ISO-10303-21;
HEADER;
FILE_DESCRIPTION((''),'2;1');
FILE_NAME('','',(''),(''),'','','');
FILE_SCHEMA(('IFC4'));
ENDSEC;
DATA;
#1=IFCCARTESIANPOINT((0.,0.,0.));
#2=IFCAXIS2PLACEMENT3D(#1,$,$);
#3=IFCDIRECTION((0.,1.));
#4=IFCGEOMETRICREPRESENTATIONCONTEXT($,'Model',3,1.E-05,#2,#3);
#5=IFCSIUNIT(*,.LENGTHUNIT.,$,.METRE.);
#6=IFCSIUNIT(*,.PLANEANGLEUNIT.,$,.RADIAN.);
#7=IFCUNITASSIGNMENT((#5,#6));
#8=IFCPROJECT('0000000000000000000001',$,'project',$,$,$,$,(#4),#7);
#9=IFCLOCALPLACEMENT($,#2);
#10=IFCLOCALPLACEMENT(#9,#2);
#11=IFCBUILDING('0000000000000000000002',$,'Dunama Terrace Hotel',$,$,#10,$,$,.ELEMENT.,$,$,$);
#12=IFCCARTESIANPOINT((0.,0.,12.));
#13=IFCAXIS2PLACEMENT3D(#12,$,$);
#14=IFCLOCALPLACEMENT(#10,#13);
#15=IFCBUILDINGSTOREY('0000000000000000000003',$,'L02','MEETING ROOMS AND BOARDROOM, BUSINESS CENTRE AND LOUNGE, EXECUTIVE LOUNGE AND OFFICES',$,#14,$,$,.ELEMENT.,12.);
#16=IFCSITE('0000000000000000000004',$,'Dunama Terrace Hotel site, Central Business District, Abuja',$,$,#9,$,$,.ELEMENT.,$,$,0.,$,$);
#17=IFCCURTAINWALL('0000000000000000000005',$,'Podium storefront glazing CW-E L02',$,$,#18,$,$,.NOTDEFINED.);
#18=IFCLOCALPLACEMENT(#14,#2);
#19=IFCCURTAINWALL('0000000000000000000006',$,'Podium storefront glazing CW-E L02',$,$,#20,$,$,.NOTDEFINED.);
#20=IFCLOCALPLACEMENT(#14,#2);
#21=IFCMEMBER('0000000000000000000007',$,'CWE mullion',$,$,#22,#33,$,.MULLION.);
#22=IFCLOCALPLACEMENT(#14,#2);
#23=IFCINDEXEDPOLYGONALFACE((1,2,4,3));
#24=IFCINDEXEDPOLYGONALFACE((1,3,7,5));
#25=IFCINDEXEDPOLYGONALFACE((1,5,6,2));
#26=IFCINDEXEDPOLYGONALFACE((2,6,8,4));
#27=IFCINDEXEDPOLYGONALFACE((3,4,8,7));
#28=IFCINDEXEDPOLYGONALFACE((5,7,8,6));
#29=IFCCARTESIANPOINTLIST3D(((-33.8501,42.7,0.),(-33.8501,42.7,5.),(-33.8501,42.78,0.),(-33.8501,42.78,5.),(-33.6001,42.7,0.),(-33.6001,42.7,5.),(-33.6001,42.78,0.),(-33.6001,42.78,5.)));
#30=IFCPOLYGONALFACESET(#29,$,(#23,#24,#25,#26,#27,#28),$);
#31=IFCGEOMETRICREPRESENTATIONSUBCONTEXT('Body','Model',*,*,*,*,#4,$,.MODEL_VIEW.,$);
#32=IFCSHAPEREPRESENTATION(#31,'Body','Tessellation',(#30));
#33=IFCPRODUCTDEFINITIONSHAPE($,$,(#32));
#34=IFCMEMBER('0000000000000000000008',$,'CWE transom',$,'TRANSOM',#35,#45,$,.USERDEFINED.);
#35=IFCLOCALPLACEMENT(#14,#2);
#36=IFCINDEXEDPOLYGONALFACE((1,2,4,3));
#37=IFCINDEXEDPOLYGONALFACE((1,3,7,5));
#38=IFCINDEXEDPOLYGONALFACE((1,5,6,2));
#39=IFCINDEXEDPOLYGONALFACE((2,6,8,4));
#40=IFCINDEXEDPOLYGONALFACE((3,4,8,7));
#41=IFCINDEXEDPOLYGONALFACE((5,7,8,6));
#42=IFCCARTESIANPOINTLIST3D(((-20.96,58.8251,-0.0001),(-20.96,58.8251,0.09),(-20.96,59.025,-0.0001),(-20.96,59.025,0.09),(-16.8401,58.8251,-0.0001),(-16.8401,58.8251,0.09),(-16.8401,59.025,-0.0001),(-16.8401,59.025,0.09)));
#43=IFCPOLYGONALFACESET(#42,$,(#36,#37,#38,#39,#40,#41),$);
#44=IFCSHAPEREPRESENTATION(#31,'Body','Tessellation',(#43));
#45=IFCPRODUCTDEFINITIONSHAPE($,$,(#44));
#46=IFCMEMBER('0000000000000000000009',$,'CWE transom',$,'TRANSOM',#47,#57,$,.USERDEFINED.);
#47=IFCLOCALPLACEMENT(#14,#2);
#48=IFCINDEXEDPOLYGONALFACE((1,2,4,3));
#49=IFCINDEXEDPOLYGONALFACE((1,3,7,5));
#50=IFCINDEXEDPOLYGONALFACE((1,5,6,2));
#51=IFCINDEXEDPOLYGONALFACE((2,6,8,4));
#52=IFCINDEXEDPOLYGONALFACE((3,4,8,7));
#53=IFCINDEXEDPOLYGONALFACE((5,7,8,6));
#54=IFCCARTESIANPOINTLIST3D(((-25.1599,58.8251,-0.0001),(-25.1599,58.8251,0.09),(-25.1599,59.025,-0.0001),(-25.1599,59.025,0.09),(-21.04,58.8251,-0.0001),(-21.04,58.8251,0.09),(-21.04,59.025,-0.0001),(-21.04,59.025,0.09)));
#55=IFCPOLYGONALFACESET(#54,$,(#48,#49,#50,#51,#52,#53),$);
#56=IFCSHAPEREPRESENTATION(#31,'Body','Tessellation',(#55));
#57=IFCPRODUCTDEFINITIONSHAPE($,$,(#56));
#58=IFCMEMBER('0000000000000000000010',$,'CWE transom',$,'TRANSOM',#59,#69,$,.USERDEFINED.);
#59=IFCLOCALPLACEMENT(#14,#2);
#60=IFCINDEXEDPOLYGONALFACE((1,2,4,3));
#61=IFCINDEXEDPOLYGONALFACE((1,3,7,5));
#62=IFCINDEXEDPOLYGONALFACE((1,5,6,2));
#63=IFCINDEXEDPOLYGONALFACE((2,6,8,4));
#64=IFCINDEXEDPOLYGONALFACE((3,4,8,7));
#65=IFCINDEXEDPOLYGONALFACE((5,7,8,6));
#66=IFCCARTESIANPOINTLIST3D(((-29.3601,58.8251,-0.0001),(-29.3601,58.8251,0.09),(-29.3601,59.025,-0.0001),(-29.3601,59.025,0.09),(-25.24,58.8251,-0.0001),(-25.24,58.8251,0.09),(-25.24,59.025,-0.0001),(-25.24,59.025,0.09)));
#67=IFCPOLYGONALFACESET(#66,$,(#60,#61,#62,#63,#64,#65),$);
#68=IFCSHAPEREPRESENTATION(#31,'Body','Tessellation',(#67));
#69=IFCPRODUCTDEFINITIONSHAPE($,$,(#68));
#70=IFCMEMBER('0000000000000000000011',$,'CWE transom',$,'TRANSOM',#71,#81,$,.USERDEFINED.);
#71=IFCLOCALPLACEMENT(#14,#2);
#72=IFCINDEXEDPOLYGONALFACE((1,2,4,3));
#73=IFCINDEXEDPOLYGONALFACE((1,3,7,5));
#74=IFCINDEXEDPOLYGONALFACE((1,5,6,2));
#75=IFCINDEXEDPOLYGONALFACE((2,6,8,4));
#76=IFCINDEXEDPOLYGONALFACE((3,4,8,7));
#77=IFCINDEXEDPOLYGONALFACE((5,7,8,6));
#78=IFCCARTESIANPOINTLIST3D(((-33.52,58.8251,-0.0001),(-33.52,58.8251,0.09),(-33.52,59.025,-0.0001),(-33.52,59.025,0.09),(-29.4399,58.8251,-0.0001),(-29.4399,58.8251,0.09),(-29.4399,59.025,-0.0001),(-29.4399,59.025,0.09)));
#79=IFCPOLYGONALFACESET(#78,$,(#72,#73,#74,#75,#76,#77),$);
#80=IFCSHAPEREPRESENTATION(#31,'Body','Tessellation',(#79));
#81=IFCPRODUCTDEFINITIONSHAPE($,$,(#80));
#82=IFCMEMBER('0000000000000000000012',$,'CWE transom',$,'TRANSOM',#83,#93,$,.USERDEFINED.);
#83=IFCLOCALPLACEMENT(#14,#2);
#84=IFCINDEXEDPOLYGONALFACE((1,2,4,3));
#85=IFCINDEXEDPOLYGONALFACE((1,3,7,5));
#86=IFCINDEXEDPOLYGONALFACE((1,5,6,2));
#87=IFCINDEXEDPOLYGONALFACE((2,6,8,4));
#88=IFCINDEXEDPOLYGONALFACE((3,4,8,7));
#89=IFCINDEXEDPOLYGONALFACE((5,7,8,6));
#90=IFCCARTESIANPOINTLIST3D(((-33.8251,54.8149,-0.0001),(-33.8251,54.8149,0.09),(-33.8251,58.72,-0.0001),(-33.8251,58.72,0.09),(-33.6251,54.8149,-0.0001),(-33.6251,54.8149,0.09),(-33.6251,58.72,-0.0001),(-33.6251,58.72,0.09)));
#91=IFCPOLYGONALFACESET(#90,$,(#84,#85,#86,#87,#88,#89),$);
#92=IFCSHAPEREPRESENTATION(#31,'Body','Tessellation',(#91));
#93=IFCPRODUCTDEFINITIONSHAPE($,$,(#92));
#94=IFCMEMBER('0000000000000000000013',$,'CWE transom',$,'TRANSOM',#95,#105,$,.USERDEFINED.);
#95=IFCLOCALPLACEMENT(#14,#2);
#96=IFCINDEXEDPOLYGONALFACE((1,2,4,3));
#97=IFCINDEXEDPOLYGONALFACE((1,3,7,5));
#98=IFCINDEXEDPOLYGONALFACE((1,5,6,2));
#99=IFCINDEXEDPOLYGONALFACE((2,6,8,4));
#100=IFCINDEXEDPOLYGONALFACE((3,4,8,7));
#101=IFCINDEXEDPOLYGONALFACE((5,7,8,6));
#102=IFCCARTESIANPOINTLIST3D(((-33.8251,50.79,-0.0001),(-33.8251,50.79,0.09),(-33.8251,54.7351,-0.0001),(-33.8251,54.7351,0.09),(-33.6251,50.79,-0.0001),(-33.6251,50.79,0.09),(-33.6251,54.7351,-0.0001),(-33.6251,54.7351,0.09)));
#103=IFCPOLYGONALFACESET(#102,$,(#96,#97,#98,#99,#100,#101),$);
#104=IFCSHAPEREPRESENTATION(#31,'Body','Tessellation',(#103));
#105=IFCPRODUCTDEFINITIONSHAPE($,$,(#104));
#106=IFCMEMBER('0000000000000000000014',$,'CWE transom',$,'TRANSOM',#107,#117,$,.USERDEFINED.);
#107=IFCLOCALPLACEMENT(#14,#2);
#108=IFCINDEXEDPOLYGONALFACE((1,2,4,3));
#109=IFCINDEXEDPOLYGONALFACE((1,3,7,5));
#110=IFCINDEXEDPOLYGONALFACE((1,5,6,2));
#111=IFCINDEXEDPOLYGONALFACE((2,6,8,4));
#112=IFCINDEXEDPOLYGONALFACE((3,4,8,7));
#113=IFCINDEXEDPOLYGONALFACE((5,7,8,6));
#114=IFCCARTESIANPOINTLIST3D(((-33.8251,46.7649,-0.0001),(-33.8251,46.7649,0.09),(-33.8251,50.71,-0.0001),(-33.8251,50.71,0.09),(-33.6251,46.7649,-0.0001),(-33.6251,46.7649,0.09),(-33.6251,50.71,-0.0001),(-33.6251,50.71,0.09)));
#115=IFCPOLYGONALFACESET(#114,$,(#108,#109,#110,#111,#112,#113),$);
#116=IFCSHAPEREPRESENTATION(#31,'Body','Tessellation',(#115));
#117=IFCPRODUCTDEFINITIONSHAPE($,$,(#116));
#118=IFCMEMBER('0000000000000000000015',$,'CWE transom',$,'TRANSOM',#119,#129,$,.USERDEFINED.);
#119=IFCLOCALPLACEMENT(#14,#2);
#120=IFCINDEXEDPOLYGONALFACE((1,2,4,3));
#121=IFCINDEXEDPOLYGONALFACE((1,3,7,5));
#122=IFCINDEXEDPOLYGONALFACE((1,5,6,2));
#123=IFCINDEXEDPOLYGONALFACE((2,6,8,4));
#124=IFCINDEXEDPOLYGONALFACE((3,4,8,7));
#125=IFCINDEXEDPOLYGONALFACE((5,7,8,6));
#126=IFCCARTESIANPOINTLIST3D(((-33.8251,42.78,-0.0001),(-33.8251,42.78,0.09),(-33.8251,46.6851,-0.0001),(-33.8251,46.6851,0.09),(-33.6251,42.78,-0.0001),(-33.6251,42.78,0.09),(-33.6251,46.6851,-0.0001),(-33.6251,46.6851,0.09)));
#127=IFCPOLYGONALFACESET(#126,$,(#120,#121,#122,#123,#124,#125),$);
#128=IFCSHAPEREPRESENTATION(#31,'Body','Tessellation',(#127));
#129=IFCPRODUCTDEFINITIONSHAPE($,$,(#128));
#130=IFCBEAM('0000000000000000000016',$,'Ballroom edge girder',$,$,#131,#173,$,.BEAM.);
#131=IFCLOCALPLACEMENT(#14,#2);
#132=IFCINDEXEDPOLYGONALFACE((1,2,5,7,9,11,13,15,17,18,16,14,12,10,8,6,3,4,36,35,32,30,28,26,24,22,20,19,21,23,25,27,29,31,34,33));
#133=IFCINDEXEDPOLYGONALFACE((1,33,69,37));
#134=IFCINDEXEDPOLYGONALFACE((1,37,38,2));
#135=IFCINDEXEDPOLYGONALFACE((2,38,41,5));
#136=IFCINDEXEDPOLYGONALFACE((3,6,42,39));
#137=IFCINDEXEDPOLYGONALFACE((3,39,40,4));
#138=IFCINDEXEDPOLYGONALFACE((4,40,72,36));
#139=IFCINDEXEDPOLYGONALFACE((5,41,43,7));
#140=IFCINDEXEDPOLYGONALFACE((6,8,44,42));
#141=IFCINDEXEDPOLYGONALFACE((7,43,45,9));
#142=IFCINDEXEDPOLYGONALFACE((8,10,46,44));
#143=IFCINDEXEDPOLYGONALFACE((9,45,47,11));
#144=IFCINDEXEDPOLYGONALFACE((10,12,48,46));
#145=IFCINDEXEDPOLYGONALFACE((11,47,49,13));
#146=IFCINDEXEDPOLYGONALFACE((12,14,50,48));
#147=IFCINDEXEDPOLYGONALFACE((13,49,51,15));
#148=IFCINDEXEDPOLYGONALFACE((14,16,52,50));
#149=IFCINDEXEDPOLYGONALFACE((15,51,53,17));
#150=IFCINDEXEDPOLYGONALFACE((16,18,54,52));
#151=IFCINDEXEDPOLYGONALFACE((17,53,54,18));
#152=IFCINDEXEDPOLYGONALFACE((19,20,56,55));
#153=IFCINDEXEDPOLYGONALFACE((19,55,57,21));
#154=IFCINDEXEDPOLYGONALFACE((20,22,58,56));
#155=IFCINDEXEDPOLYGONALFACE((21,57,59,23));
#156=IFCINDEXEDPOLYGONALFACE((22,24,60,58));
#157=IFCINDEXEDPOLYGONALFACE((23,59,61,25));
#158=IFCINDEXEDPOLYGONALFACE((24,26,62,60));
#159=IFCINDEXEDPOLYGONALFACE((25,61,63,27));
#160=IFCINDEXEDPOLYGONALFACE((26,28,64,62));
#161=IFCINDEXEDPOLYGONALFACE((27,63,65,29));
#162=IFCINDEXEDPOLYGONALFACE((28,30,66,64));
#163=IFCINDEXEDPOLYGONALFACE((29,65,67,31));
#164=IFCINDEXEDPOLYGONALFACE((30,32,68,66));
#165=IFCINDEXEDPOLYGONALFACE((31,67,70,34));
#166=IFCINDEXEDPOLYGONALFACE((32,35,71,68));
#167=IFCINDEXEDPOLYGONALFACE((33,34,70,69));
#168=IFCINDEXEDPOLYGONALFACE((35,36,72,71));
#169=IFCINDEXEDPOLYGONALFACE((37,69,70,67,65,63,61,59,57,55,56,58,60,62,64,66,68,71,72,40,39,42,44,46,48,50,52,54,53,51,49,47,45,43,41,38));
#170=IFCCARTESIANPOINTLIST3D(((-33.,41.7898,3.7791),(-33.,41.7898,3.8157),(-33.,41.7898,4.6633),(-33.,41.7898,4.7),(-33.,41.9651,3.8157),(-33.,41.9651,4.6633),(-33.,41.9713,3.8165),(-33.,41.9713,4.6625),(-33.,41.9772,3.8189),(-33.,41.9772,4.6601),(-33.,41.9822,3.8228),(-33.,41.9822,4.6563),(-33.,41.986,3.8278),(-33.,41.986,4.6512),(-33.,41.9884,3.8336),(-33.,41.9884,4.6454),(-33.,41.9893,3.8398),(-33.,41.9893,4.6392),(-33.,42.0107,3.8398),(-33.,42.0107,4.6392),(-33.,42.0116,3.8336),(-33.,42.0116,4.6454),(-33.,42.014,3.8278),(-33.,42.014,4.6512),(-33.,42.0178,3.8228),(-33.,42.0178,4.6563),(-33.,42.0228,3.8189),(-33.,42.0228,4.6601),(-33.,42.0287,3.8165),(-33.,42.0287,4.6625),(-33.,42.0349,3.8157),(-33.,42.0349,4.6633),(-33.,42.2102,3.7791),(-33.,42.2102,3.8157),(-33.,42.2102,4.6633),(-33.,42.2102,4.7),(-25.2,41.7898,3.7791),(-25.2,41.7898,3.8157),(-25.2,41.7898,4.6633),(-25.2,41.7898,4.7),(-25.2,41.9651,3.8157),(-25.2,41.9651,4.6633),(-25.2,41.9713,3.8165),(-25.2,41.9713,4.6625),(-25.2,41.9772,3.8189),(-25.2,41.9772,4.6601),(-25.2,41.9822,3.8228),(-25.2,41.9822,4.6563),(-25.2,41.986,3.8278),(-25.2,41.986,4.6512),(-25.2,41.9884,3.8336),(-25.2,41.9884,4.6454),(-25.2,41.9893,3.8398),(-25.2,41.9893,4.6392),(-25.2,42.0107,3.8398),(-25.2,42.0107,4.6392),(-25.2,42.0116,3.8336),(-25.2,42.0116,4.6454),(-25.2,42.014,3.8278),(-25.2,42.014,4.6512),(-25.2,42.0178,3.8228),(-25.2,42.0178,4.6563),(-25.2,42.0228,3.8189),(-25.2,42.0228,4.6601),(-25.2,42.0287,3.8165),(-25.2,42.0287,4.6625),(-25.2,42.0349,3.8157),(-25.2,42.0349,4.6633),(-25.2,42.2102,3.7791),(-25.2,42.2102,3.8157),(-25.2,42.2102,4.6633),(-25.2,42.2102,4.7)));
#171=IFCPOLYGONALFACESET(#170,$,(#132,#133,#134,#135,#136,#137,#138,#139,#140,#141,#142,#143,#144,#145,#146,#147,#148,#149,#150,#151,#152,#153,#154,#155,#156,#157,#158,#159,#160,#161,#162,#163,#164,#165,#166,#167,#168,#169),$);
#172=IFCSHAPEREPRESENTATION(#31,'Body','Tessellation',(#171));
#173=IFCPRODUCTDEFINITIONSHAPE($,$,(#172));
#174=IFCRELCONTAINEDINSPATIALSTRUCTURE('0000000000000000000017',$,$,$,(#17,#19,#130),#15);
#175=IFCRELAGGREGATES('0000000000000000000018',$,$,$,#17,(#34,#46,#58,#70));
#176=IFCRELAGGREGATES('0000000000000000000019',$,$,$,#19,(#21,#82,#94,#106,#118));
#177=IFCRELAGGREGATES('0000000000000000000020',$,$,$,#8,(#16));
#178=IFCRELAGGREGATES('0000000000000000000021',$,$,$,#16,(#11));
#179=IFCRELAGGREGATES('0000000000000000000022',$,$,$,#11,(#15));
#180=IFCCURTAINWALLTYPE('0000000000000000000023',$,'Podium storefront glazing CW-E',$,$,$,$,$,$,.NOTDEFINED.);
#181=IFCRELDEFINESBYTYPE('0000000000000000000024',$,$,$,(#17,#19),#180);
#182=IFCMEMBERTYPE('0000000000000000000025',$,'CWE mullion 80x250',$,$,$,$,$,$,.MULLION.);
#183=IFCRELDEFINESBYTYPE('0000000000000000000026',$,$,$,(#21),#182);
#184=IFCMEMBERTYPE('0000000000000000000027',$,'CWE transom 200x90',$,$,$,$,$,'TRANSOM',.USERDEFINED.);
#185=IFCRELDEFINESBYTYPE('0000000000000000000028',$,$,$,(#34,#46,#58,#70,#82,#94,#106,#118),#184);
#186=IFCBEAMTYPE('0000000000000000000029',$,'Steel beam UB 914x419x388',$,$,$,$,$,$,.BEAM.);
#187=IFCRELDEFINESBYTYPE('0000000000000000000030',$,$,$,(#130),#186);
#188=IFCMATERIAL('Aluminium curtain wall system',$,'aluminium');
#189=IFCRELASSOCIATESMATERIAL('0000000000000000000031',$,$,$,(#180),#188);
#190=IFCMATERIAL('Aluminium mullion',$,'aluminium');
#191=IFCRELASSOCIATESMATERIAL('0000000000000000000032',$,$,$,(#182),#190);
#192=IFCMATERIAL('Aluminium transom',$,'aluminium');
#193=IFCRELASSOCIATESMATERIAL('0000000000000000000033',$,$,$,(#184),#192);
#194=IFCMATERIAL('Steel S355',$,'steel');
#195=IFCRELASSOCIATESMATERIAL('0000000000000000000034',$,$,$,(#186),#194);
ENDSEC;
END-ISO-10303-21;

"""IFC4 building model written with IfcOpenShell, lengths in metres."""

from ifc_helpers import new_model, si_unit, direction, frame, origin, origin_2d, place, context, subcontext, project, spatial, rectangle, i_section, extrude, material, material_profile, profile_set, type_object, element, aggregate, save


model = new_model("IFC4")

# Units and contexts
model_context = context("Model", 3, precision=1e-05, world=origin(), true_north=direction((0.0, 1.0)))
body_context = subcontext(model_context, "Body", "Model", "MODEL_VIEW")
ifc_project = project(units=[si_unit("LENGTHUNIT", "METRE"), si_unit("PLANEANGLEUNIT", "RADIAN")], contexts=[model_context])

# Site, building, storey
site_placement = place(None, origin())
site = spatial("IfcSite", under=ifc_project, at=site_placement, Name="Dunama Terrace Hotel site, Central Business District, Abuja", CompositionType="ELEMENT", RefElevation=0.0)
building_placement = place(site_placement, origin())
building = spatial("IfcBuilding", under=site, at=building_placement, Name="Dunama Terrace Hotel", CompositionType="ELEMENT")
storey_placement = place(building_placement, frame((0.0, 0.0, 12.0)))
storey = spatial("IfcBuildingStorey", under=building, at=storey_placement, Name="L02", Description="MEETING ROOMS AND BOARDROOM, BUSINESS CENTRE AND LOUNGE, EXECUTIVE LOUNGE AND OFFICES", CompositionType="ELEMENT", Elevation=12.0)

# Curtain walls, member
ifc_material_1 = material(Name="Aluminium curtain wall system", Category="aluminium")
curtain_wall_type = type_object("IfcCurtainWallType", Name="Podium storefront glazing CW-E", PredefinedType="NOTDEFINED", material=ifc_material_1)
curtain_wall_1_placement = place(storey_placement, origin())
curtain_wall_1 = element("IfcCurtainWall", 1, at=curtain_wall_1_placement, inside=storey, type_object=curtain_wall_type, Name="Podium storefront glazing CW-E L02", PredefinedType="NOTDEFINED")
ifc_material_2 = material(Name="Aluminium mullion", Category="aluminium")
ifc_material_profile_1 = material_profile(ifc_material_2, rectangle(XDim=0.0801, YDim=0.25, at=origin_2d()), Name="CWE MULLION 80X250")
ifc_profile_set_1 = profile_set([ifc_material_profile_1], Name="Aluminium mullion")
member_type_1 = type_object("IfcMemberType", Name="CWE mullion 80x250", PredefinedType="MULLION", material=ifc_profile_set_1)
curtain_wall_2_placement = place(storey_placement, origin())
curtain_wall_2 = element("IfcCurtainWall", 2, at=curtain_wall_2_placement, inside=storey, type_object=curtain_wall_type, Name="Podium storefront glazing CW-E L02", PredefinedType="NOTDEFINED")
member_1_placement = place(storey_placement, frame((-33.7251, 42.74, 0.0), z_axis=(0.0, 0.0, 1.0), x_axis=(0.0, -1.0, 0.0)))
member_1 = element("IfcMember", 3, at=member_1_placement, type_object=member_type_1, Name="CWE mullion", PredefinedType="MULLION", context=body_context, shape_type="SweptSolid", body=[
    extrude(rectangle(XDim=0.0801, YDim=0.25, at=origin_2d()), origin(), (0.0, 0.0, 1.0), 5.0),
])

# Members
ifc_material_3 = material(Name="Aluminium transom", Category="aluminium")
ifc_material_profile_2 = material_profile(ifc_material_3, rectangle(XDim=0.2, YDim=0.0901, at=origin_2d()), Name="CWE TRANSOM 200X90")
ifc_profile_set_2 = profile_set([ifc_material_profile_2], Name="Aluminium transom")
member_type_2 = type_object("IfcMemberType", Name="CWE transom 200x90", ElementType="TRANSOM", PredefinedType="USERDEFINED", material=ifc_profile_set_2)
member_2_placement = place(storey_placement, frame((-16.8401, 58.925, 0.0449), z_axis=(-1.0, 0.0, 0.0), x_axis=(0.0, -1.0, 0.0)))
member_2 = element("IfcMember", 4, at=member_2_placement, type_object=member_type_2, Name="CWE transom", ObjectType="TRANSOM", PredefinedType="USERDEFINED", context=body_context, shape_type="SweptSolid", body=[
    extrude(rectangle(XDim=0.2, YDim=0.0901, at=origin_2d()), origin(), (0.0, 0.0, 1.0), 4.1199),
])
member_3_placement = place(storey_placement, frame((-21.04, 58.925, 0.0449), z_axis=(-1.0, 0.0, 0.0), x_axis=(0.0, -1.0, 0.0)))
member_3 = element("IfcMember", 5, at=member_3_placement, type_object=member_type_2, Name="CWE transom", ObjectType="TRANSOM", PredefinedType="USERDEFINED", context=body_context, shape_type="SweptSolid", body=[
    extrude(rectangle(XDim=0.2, YDim=0.0901, at=origin_2d()), origin(), (0.0, 0.0, 1.0), 4.1199),
])
member_4_placement = place(storey_placement, frame((-25.24, 58.925, 0.0449), z_axis=(-1.0, 0.0, 0.0), x_axis=(0.0, -1.0, 0.0)))
member_4 = element("IfcMember", 6, at=member_4_placement, type_object=member_type_2, Name="CWE transom", ObjectType="TRANSOM", PredefinedType="USERDEFINED", context=body_context, shape_type="SweptSolid", body=[
    extrude(rectangle(XDim=0.2, YDim=0.0901, at=origin_2d()), origin(), (0.0, 0.0, 1.0), 4.1201),
])
member_5_placement = place(storey_placement, frame((-29.4399, 58.925, 0.0449), z_axis=(-1.0, 0.0, 0.0), x_axis=(0.0, -1.0, 0.0)))
member_5 = element("IfcMember", 7, at=member_5_placement, type_object=member_type_2, Name="CWE transom", ObjectType="TRANSOM", PredefinedType="USERDEFINED", context=body_context, shape_type="SweptSolid", body=[
    extrude(rectangle(XDim=0.2, YDim=0.0901, at=origin_2d()), origin(), (0.0, 0.0, 1.0), 4.0801),
])
member_6_placement = place(storey_placement, frame((-33.7251, 58.72, 0.0449), z_axis=(0.0, -1.0, 0.0), x_axis=(1.0, 0.0, 0.0)))
member_6 = element("IfcMember", 8, at=member_6_placement, type_object=member_type_2, Name="CWE transom", ObjectType="TRANSOM", PredefinedType="USERDEFINED", context=body_context, shape_type="SweptSolid", body=[
    extrude(rectangle(XDim=0.2, YDim=0.0901, at=origin_2d()), origin(), (0.0, 0.0, 1.0), 3.905),
])
member_7_placement = place(storey_placement, frame((-33.7251, 54.7351, 0.0449), z_axis=(0.0, -1.0, 0.0), x_axis=(1.0, 0.0, 0.0)))
member_7 = element("IfcMember", 9, at=member_7_placement, type_object=member_type_2, Name="CWE transom", ObjectType="TRANSOM", PredefinedType="USERDEFINED", context=body_context, shape_type="SweptSolid", body=[
    extrude(rectangle(XDim=0.2, YDim=0.0901, at=origin_2d()), origin(), (0.0, 0.0, 1.0), 3.9451),
])
member_8_placement = place(storey_placement, frame((-33.7251, 50.71, 0.0449), z_axis=(0.0, -1.0, 0.0), x_axis=(1.0, 0.0, 0.0)))
member_8 = element("IfcMember", 10, at=member_8_placement, type_object=member_type_2, Name="CWE transom", ObjectType="TRANSOM", PredefinedType="USERDEFINED", context=body_context, shape_type="SweptSolid", body=[
    extrude(rectangle(XDim=0.2, YDim=0.0901, at=origin_2d()), origin(), (0.0, 0.0, 1.0), 3.9451),
])
member_9_placement = place(storey_placement, frame((-33.7251, 46.6851, 0.0449), z_axis=(0.0, -1.0, 0.0), x_axis=(1.0, 0.0, 0.0)))
member_9 = element("IfcMember", 11, at=member_9_placement, type_object=member_type_2, Name="CWE transom", ObjectType="TRANSOM", PredefinedType="USERDEFINED", context=body_context, shape_type="SweptSolid", body=[
    extrude(rectangle(XDim=0.2, YDim=0.0901, at=origin_2d()), origin(), (0.0, 0.0, 1.0), 3.905),
])

# Beam
ifc_material_4 = material(Name="Steel S355", Category="steel")
ifc_material_profile_3 = material_profile(ifc_material_4, i_section(OverallWidth=0.4204, OverallDepth=0.9209, WebThickness=0.0215, FlangeThickness=0.0366, FilletRadius=0.0242, at=origin_2d()), Name="UB 914x419x388")
ifc_profile_set_3 = profile_set([ifc_material_profile_3], Name="Steel S355")
beam_type = type_object("IfcBeamType", Name="Steel beam UB 914x419x388", PredefinedType="BEAM", material=ifc_profile_set_3)
beam_1_placement = place(storey_placement, frame((-33.0, 42.0, 4.2395), z_axis=(1.0, 0.0, 0.0), x_axis=(0.0, 1.0, 0.0)))
element("IfcBeam", 12, at=beam_1_placement, inside=storey, type_object=beam_type, Name="Ballroom edge girder", PredefinedType="BEAM", context=body_context, shape_type="SweptSolid", body=[
    extrude(i_section(OverallWidth=0.4204, OverallDepth=0.9209, WebThickness=0.0215, FlangeThickness=0.0366, FilletRadius=0.0242, at=origin_2d()), origin(), (0.0, 0.0, 1.0), 7.8),
])

aggregate(curtain_wall_1, [member_2, member_3, member_4, member_5])
aggregate(curtain_wall_2, [member_1, member_6, member_7, member_8, member_9])

save(model, "model.ifc")
